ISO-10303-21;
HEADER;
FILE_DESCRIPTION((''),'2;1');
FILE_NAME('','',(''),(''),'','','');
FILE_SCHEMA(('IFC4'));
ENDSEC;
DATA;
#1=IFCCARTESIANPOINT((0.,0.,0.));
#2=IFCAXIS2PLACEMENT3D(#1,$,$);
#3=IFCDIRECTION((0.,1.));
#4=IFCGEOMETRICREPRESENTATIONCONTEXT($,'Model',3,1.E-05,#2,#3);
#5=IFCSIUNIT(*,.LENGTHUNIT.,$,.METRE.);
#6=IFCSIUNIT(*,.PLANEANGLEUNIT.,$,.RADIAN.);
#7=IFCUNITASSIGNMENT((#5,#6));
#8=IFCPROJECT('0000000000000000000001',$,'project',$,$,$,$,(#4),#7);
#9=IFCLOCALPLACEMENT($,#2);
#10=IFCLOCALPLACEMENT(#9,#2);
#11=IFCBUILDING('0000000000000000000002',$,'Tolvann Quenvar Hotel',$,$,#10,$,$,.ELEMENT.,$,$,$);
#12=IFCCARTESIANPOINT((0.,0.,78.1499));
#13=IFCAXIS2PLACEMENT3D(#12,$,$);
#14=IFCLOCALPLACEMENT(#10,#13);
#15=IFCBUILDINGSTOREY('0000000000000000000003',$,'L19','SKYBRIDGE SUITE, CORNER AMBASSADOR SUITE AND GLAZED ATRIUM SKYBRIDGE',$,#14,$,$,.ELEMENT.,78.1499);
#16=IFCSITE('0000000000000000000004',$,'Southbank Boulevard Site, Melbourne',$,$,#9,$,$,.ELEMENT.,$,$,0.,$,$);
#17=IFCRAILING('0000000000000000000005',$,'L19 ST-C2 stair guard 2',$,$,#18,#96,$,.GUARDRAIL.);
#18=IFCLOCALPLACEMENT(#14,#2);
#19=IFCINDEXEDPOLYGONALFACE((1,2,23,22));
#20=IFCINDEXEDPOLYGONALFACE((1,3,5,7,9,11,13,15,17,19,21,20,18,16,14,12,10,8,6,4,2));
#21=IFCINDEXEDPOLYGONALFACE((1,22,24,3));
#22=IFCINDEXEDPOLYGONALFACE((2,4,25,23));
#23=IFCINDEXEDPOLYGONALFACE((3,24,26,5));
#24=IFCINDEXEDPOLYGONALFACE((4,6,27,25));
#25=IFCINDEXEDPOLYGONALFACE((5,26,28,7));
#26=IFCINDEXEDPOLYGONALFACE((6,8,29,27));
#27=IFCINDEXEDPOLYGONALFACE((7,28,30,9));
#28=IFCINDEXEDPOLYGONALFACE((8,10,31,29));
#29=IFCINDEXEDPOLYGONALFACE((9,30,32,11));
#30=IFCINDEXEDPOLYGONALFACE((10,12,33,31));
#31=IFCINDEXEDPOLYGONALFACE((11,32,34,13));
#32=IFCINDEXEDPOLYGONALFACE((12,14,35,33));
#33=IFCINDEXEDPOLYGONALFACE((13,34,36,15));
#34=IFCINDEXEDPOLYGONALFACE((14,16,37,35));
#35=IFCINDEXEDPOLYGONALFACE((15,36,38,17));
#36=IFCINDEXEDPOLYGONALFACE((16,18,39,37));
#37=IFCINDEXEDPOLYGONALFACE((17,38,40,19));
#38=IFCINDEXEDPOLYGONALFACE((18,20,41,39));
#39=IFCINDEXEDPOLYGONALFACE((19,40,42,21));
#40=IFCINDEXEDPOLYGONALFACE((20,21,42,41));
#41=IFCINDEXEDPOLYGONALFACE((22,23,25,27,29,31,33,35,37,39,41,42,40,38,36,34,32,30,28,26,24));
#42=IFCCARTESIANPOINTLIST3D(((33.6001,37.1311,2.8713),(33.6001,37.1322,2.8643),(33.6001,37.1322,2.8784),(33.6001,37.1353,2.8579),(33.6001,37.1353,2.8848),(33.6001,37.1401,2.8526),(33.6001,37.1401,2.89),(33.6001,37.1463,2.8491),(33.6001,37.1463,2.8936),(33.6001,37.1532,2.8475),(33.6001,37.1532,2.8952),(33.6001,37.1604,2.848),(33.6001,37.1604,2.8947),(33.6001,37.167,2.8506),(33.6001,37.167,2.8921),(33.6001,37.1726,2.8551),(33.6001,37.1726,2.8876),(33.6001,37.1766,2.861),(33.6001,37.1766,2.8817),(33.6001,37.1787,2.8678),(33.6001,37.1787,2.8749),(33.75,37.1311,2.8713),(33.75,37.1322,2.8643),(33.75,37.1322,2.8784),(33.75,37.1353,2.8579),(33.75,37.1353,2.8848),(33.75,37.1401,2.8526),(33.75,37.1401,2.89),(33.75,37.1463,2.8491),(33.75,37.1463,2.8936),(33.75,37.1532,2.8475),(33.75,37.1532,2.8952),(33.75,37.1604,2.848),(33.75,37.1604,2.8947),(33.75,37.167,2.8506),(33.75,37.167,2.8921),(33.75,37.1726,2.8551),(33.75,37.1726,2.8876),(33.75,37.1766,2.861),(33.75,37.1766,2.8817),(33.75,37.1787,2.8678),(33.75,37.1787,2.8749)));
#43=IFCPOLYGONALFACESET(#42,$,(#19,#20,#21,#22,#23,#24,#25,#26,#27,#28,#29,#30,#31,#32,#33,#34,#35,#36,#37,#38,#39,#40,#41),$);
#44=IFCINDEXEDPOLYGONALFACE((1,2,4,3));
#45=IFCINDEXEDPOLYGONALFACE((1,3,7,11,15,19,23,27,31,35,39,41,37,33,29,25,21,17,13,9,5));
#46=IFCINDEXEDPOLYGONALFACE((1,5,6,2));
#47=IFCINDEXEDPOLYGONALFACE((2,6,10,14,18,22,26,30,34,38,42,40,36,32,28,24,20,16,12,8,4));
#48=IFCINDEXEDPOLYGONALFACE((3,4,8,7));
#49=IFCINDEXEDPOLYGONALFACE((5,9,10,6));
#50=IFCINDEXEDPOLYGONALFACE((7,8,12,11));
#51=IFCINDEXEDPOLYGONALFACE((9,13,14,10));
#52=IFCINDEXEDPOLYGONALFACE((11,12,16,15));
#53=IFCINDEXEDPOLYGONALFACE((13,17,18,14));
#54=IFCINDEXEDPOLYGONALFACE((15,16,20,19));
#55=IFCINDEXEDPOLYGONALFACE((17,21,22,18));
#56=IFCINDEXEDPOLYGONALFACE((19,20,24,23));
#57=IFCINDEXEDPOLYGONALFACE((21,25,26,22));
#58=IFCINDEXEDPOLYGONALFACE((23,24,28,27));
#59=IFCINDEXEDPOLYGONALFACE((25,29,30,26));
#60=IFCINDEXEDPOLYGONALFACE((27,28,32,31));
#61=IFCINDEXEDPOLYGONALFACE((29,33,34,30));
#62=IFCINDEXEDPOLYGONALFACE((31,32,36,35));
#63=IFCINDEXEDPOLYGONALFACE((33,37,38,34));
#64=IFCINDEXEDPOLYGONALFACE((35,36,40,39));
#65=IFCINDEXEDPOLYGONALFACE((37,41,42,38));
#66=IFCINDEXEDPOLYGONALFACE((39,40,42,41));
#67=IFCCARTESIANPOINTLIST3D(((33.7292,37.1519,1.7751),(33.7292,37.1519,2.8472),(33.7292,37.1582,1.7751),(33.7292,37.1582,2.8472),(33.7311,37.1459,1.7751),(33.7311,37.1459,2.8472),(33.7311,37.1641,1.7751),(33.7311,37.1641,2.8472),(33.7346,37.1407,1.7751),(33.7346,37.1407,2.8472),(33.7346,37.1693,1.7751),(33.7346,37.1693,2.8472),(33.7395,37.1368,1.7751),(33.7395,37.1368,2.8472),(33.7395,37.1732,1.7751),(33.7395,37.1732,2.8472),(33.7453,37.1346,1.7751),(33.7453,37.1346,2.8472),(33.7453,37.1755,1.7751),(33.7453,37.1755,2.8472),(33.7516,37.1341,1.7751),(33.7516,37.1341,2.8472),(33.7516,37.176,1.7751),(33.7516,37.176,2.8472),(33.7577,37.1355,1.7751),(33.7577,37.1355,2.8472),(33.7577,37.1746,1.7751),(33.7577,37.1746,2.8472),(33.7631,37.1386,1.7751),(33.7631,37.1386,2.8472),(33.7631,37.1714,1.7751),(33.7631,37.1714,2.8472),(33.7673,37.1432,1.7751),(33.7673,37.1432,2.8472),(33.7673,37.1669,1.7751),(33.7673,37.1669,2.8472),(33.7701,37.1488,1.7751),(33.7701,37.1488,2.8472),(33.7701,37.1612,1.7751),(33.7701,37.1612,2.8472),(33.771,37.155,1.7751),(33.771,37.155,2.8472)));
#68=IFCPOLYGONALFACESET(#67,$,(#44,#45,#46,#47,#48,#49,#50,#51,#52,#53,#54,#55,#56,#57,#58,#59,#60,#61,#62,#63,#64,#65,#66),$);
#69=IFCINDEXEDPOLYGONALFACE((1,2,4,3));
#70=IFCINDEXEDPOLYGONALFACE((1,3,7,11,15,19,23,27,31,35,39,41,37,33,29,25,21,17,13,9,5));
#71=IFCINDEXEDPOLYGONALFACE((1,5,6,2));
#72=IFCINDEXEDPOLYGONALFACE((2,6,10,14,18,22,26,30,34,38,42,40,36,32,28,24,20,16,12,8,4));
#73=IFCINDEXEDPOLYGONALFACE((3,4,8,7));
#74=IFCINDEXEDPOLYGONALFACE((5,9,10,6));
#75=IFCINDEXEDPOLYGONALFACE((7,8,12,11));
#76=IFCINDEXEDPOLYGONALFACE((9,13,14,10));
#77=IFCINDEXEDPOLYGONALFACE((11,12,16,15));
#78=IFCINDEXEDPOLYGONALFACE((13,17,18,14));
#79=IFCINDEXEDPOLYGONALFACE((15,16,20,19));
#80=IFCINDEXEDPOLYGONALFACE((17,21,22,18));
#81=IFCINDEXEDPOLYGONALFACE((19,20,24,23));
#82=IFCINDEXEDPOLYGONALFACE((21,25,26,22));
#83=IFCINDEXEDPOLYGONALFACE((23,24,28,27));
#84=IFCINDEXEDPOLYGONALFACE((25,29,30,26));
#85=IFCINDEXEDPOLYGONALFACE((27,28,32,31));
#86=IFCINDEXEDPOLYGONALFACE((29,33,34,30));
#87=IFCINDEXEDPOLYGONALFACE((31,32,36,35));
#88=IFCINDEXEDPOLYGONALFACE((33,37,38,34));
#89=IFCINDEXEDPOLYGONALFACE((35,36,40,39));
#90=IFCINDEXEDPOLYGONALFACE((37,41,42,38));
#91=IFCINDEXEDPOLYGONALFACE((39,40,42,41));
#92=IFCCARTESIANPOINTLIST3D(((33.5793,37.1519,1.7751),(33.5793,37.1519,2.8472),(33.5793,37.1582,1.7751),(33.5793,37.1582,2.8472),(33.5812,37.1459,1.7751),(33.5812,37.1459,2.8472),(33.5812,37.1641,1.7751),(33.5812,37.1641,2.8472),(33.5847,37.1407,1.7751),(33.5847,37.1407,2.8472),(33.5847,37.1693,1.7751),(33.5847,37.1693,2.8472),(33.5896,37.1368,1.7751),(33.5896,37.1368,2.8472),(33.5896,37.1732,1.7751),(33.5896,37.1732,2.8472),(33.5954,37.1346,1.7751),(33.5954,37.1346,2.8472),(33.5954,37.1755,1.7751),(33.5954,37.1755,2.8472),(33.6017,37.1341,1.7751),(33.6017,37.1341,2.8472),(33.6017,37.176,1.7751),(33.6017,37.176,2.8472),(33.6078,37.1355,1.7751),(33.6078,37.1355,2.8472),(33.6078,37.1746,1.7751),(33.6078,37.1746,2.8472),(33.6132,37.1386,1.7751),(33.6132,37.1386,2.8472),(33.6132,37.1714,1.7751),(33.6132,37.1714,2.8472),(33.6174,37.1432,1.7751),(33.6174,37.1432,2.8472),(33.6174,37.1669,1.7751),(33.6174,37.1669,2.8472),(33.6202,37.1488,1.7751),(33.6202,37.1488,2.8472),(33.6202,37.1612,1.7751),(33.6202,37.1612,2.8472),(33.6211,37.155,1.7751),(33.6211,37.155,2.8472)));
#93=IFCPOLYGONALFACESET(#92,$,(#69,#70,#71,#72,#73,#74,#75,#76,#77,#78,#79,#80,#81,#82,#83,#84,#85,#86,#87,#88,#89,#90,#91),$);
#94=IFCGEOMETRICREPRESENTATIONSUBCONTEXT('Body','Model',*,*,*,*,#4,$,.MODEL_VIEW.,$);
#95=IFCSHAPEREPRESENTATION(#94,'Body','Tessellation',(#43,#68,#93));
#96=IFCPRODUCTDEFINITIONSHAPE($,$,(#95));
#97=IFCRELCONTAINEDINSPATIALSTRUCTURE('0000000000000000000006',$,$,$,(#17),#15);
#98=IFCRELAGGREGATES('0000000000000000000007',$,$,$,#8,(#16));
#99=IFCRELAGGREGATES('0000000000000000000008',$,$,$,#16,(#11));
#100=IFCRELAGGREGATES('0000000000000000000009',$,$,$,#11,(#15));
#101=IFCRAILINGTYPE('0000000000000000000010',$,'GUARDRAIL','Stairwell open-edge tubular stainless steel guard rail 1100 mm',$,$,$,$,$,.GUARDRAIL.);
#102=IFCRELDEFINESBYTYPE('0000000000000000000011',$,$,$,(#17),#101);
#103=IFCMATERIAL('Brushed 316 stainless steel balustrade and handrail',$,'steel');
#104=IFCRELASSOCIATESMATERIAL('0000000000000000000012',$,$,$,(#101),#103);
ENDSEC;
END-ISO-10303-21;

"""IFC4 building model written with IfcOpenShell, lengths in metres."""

from ifc_helpers import new_model, si_unit, direction, frame, origin, origin_2d, place, context, subcontext, project, spatial, circle, extrude, material, type_object, element, save


model = new_model("IFC4")

# Units and contexts
model_context = context("Model", 3, precision=1e-05, world=origin(), true_north=direction((0.0, 1.0)))
body_context = subcontext(model_context, "Body", "Model", "MODEL_VIEW")
ifc_project = project(units=[si_unit("LENGTHUNIT", "METRE"), si_unit("PLANEANGLEUNIT", "RADIAN")], contexts=[model_context])

# Site, building, storey
site_placement = place(None, origin())
site = spatial("IfcSite", under=ifc_project, at=site_placement, Name="Southbank Boulevard Site, Melbourne", CompositionType="ELEMENT", RefElevation=0.0)
building_placement = place(site_placement, origin())
building = spatial("IfcBuilding", under=site, at=building_placement, Name="Tolvann Quenvar Hotel", CompositionType="ELEMENT")
storey_placement = place(building_placement, frame((0.0, 0.0, 78.1499)))
storey = spatial("IfcBuildingStorey", under=building, at=storey_placement, Name="L19", Description="SKYBRIDGE SUITE, CORNER AMBASSADOR SUITE AND GLAZED ATRIUM SKYBRIDGE", CompositionType="ELEMENT", Elevation=78.1499)

# Railing
ifc_material_1 = material(Name="Brushed 316 stainless steel balustrade and handrail", Category="steel")
railing_type_1 = type_object("IfcRailingType", Name="GUARDRAIL", Description="Stairwell open-edge tubular stainless steel guard rail 1100 mm", PredefinedType="GUARDRAIL", material=ifc_material_1)
railing_1_placement = place(storey_placement, frame((33.75, 37.155, 1.7751)))
element("IfcRailing", 1, at=railing_1_placement, inside=storey, type_object=railing_type_1, Name="L19 ST-C2 stair guard 2", PredefinedType="GUARDRAIL", context=body_context, shape_type="SweptSolid", body=[
    extrude(circle(Radius=0.0239, at=origin_2d()), frame((0.0, 0.0, 1.0962), z_axis=(-1.0, 0.0, 0.0), x_axis=(0.0, -1.0, 0.0)), (0.0, 0.0, 1.0), 0.1499),
    extrude(circle(Radius=0.021, at=origin_2d()), origin(), (0.0, 0.0, 1.0), 1.072),
    extrude(circle(Radius=0.021, at=origin_2d()), frame((-0.1499, 0.0, 0.0)), (0.0, 0.0, 1.0), 1.072),
])

save(model, "model.ifc")
